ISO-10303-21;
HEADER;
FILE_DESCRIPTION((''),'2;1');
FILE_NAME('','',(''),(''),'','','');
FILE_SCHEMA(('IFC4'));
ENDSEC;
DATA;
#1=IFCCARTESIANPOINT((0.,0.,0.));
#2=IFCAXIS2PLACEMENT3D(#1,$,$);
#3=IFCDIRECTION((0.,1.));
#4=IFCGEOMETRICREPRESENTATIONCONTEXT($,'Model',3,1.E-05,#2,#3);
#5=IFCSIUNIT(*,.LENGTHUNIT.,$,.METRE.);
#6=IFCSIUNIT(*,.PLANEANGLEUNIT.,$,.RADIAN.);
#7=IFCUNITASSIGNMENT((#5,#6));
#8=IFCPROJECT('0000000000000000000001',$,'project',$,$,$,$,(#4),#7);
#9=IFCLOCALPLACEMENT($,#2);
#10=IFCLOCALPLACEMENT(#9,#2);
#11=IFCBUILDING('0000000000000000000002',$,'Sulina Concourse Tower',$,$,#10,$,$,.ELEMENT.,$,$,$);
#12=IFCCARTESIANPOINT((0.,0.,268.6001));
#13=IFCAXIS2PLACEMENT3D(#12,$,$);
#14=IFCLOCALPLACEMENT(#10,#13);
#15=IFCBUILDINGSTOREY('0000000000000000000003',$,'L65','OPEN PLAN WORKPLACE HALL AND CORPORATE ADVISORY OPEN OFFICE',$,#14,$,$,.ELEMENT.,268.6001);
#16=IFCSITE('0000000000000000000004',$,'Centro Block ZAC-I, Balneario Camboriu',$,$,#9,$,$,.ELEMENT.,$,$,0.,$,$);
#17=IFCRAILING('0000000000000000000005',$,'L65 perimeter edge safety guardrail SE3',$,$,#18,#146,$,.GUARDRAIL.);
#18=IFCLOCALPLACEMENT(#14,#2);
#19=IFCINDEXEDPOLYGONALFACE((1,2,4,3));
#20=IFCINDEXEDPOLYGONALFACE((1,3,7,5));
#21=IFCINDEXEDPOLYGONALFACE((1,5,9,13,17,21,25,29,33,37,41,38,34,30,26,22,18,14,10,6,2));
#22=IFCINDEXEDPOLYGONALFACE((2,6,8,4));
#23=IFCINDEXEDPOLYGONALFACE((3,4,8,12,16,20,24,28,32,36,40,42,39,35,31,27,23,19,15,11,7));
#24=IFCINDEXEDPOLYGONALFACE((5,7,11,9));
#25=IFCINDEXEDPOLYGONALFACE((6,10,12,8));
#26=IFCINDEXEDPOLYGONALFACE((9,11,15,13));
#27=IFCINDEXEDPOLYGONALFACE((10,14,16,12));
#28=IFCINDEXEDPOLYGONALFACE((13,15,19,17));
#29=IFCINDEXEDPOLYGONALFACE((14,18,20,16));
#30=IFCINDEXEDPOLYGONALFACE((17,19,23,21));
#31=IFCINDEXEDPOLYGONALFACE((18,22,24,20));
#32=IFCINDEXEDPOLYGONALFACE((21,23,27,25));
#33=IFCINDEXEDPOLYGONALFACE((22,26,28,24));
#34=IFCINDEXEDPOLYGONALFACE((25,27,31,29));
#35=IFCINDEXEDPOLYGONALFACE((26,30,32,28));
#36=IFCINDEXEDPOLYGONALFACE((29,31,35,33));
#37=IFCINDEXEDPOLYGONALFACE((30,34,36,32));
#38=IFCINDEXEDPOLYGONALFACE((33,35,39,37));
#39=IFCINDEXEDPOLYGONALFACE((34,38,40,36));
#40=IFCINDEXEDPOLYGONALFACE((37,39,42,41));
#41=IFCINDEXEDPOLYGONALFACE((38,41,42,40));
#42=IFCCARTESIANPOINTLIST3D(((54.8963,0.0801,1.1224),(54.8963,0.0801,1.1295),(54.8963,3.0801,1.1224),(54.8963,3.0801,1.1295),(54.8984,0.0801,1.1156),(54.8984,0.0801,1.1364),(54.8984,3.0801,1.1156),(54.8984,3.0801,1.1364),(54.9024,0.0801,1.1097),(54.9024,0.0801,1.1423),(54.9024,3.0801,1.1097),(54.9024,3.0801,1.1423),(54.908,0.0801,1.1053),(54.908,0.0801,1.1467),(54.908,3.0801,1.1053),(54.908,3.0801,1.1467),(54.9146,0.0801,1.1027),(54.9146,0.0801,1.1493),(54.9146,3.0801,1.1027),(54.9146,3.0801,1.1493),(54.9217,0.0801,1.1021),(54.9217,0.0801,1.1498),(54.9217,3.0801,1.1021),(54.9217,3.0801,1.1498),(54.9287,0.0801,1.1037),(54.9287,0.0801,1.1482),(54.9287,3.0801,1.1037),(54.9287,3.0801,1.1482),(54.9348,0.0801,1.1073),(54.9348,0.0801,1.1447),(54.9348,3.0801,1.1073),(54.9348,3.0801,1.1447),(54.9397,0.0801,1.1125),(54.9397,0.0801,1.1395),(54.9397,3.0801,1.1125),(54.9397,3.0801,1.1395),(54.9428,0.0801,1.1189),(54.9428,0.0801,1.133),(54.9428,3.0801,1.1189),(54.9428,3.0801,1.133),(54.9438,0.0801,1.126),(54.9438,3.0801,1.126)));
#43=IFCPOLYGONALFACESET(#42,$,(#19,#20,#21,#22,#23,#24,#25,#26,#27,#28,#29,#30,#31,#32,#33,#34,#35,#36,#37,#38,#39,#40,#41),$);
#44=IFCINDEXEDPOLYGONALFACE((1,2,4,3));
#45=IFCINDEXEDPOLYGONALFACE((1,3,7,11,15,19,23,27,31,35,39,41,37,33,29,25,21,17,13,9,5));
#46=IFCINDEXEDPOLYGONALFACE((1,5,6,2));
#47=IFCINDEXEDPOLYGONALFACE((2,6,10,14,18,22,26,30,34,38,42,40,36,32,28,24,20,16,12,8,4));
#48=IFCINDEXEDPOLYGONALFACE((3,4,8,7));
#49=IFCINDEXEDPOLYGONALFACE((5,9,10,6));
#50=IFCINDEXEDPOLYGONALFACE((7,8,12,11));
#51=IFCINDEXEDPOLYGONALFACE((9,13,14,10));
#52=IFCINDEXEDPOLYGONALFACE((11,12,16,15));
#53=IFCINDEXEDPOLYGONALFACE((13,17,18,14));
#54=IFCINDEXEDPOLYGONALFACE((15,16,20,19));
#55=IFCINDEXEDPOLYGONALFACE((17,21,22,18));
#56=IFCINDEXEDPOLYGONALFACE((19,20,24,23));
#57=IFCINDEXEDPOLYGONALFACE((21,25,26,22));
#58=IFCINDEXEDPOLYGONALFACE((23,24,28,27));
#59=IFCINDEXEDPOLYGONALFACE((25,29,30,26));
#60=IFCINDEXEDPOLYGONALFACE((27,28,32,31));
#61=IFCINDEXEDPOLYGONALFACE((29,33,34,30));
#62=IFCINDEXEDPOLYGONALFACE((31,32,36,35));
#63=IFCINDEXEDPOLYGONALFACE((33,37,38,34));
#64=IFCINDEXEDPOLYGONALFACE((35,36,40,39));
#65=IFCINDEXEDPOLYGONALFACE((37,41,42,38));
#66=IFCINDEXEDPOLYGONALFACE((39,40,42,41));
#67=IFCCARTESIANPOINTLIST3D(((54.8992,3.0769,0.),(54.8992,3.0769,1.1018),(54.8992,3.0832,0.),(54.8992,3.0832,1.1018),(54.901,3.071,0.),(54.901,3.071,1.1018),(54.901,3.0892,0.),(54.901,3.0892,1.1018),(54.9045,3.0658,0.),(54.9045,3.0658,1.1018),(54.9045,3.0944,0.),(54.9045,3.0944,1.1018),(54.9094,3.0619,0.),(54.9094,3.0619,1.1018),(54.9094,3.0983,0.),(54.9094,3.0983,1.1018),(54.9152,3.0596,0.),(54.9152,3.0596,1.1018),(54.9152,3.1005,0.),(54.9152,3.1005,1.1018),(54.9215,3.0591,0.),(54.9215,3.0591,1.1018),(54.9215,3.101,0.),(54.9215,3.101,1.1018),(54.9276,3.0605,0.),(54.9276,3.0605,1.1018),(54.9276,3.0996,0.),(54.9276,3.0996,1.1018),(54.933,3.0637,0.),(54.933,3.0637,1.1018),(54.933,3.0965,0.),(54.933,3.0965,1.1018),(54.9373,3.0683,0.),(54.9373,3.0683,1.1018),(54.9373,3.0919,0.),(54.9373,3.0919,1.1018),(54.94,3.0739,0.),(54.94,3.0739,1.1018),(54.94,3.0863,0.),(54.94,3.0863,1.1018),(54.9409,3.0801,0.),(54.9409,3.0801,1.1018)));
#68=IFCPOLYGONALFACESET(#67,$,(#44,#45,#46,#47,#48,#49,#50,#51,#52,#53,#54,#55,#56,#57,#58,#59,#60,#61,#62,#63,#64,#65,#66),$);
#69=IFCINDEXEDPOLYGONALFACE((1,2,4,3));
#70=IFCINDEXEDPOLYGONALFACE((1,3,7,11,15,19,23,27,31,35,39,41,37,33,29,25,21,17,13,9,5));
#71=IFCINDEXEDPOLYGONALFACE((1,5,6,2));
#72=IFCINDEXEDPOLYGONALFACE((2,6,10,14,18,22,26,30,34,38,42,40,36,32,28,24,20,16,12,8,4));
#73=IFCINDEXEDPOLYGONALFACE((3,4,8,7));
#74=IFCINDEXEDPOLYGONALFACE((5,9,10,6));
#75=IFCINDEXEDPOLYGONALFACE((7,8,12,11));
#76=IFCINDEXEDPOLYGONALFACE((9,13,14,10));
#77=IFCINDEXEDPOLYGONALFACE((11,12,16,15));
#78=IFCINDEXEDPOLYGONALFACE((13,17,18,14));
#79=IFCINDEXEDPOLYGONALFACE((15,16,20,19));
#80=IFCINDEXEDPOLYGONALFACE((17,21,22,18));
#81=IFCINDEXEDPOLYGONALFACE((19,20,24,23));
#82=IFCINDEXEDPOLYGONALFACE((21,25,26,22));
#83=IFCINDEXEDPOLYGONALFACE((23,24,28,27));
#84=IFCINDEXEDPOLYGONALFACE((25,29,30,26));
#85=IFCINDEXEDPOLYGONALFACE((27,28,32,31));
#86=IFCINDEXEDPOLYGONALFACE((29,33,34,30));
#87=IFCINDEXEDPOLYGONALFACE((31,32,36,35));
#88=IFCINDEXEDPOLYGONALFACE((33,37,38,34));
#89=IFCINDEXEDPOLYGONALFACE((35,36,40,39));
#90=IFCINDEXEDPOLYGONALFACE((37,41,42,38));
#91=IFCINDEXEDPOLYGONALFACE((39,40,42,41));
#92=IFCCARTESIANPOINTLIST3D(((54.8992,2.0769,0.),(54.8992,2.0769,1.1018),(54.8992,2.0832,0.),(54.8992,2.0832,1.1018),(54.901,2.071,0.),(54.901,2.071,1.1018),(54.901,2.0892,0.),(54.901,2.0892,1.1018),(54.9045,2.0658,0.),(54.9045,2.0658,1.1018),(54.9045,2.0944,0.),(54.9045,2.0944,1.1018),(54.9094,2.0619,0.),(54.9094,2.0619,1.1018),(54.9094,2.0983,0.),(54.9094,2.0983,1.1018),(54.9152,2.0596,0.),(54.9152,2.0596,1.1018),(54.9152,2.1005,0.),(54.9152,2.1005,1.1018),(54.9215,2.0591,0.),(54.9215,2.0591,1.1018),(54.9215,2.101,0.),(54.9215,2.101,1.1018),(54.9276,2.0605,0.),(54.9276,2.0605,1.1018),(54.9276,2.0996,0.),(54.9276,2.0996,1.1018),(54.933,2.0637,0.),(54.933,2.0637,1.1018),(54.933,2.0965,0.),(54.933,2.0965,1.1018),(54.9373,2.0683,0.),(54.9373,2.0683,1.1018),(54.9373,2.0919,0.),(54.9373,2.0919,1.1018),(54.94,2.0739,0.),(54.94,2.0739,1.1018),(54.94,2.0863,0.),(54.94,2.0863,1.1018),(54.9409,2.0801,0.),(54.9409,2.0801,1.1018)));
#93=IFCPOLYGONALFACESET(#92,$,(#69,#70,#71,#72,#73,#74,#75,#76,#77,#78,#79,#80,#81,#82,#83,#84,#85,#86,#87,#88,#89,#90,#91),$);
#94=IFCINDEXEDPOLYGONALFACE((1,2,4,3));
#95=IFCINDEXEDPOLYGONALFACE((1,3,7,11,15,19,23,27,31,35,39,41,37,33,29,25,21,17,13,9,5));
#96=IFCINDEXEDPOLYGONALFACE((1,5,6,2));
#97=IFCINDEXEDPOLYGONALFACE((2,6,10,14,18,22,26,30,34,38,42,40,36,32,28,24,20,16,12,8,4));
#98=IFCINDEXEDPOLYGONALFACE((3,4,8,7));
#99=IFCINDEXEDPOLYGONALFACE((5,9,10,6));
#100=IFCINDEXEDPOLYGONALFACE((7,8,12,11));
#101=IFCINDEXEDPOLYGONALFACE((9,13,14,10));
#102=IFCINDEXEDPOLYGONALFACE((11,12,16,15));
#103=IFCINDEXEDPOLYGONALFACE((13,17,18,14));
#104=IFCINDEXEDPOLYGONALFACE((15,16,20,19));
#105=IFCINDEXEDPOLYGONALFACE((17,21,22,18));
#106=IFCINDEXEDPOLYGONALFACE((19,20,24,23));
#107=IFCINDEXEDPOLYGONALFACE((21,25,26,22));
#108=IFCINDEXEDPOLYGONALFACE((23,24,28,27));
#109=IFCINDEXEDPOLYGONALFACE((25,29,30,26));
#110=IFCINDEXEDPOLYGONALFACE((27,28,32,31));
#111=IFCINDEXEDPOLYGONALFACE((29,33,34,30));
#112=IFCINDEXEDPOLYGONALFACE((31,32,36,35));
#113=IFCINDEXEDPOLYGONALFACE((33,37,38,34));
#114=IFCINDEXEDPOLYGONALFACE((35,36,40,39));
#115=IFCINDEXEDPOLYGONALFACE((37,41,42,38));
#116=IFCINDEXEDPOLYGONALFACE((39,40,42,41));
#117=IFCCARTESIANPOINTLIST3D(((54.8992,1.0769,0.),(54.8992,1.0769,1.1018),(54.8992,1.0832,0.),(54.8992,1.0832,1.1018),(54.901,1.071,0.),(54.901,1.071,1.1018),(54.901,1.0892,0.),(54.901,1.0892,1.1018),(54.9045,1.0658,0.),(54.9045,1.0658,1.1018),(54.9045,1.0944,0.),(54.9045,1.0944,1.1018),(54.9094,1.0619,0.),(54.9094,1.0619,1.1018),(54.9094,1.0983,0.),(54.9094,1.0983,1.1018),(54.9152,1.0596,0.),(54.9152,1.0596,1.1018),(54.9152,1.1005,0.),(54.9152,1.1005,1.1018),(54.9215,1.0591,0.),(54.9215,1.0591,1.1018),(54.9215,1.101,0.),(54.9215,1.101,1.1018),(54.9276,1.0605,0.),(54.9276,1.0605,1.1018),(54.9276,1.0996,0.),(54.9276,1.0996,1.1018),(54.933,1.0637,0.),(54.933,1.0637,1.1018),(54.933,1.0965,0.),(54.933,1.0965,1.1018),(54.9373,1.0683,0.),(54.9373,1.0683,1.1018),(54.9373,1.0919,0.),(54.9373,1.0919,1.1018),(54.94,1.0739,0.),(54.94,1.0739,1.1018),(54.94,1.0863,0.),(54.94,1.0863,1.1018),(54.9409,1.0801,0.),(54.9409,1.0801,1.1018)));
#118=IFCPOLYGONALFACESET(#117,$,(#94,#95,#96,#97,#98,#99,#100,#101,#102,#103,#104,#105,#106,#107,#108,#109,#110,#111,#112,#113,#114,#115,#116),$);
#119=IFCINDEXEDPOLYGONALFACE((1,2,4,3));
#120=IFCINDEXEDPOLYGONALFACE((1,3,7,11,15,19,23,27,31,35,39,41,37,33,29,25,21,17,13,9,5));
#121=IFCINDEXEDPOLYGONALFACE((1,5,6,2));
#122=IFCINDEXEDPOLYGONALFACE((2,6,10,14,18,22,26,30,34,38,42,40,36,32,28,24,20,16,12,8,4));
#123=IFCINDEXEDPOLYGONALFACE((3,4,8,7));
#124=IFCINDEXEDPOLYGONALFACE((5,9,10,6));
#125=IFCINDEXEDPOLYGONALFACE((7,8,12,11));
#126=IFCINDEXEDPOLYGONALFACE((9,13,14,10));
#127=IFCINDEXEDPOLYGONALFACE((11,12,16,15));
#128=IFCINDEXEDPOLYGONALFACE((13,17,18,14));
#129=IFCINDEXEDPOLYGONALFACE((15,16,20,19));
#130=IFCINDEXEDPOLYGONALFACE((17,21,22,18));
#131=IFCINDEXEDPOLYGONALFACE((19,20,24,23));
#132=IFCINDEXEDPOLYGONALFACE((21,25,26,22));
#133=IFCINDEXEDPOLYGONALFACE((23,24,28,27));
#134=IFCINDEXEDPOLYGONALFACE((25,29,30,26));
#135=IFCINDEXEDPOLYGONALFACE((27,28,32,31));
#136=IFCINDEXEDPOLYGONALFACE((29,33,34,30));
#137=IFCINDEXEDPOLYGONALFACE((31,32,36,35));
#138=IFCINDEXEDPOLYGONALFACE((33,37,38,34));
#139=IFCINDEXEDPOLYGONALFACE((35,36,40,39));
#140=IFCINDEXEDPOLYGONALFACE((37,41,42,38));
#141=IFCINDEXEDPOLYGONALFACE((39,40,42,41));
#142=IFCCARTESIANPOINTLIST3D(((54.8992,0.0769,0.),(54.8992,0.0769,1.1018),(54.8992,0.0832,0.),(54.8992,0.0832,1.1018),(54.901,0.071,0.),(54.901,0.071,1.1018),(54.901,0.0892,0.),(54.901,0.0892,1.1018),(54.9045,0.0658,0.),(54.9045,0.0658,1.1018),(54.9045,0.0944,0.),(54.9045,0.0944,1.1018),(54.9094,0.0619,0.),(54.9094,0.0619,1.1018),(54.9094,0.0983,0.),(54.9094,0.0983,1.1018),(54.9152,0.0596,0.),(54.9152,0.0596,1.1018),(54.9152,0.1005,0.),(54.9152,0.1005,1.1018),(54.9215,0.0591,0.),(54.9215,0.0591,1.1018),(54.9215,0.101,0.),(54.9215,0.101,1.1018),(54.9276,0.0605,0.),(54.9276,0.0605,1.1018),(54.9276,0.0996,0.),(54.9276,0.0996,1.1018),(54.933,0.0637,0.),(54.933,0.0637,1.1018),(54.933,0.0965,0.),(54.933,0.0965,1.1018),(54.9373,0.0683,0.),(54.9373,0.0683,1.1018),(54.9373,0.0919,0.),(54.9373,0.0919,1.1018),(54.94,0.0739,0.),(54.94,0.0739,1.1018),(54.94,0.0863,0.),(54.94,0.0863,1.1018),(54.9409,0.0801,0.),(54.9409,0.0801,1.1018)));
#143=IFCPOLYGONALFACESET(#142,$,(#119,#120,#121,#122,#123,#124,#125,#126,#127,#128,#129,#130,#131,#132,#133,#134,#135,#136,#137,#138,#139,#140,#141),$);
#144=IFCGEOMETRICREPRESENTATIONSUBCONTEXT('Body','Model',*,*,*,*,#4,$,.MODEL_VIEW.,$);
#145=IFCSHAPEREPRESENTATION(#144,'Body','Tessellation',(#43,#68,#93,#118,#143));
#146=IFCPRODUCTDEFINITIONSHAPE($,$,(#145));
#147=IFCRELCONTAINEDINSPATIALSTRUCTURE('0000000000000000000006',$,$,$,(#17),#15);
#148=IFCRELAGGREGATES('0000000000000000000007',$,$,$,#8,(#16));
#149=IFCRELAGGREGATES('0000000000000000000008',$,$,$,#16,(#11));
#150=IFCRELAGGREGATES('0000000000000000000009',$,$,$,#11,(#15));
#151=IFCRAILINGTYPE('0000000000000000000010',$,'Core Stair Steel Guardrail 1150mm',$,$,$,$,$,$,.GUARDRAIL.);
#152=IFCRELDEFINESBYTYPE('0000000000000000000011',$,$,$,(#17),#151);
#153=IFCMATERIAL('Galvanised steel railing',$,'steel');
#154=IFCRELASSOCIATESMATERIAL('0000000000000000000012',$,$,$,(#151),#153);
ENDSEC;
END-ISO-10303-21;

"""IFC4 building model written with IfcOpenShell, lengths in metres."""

from ifc_helpers import new_model, si_unit, direction, frame, origin, origin_2d, place, context, subcontext, project, spatial, circle, extrude, material, type_object, element, save


model = new_model("IFC4")

# Units and contexts
model_context = context("Model", 3, precision=1e-05, world=origin(), true_north=direction((0.0, 1.0)))
body_context = subcontext(model_context, "Body", "Model", "MODEL_VIEW")
ifc_project = project(units=[si_unit("LENGTHUNIT", "METRE"), si_unit("PLANEANGLEUNIT", "RADIAN")], contexts=[model_context])

# Site, building, storey
site_placement = place(None, origin())
site = spatial("IfcSite", under=ifc_project, at=site_placement, Name="Centro Block ZAC-I, Balneario Camboriu", CompositionType="ELEMENT", RefElevation=0.0)
building_placement = place(site_placement, origin())
building = spatial("IfcBuilding", under=site, at=building_placement, Name="Sulina Concourse Tower", CompositionType="ELEMENT")
storey_placement = place(building_placement, frame((0.0, 0.0, 268.6001)))
storey = spatial("IfcBuildingStorey", under=building, at=storey_placement, Name="L65", Description="OPEN PLAN WORKPLACE HALL AND CORPORATE ADVISORY OPEN OFFICE", CompositionType="ELEMENT", Elevation=268.6001)

# Railing
ifc_material_1 = material(Name="Galvanised steel railing", Category="steel")
railing_type = type_object("IfcRailingType", Name="Core Stair Steel Guardrail 1150mm", PredefinedType="GUARDRAIL", material=ifc_material_1)
railing_1_placement = place(storey_placement, frame((54.9199, 3.0801, 0.0)))
element("IfcRailing", 1, at=railing_1_placement, inside=storey, type_object=railing_type, Name="L65 perimeter edge safety guardrail SE3", PredefinedType="GUARDRAIL", context=body_context, shape_type="SweptSolid", body=[
    extrude(circle(Radius=0.0239, at=origin_2d()), frame((0.0, 0.0, 1.126), z_axis=(0.0, -1.0, 0.0), x_axis=(1.0, 0.0, 0.0)), (0.0, 0.0, 1.0), 3.0),
    extrude(circle(Radius=0.021, at=origin_2d()), origin(), (0.0, 0.0, 1.0), 1.1018),
    extrude(circle(Radius=0.021, at=origin_2d()), frame((0.0, -1.0, 0.0)), (0.0, 0.0, 1.0), 1.1018),
    extrude(circle(Radius=0.021, at=origin_2d()), frame((0.0, -2.0, 0.0)), (0.0, 0.0, 1.0), 1.1018),
    extrude(circle(Radius=0.021, at=origin_2d()), frame((0.0, -3.0, 0.0)), (0.0, 0.0, 1.0), 1.1018),
])

save(model, "model.ifc")
